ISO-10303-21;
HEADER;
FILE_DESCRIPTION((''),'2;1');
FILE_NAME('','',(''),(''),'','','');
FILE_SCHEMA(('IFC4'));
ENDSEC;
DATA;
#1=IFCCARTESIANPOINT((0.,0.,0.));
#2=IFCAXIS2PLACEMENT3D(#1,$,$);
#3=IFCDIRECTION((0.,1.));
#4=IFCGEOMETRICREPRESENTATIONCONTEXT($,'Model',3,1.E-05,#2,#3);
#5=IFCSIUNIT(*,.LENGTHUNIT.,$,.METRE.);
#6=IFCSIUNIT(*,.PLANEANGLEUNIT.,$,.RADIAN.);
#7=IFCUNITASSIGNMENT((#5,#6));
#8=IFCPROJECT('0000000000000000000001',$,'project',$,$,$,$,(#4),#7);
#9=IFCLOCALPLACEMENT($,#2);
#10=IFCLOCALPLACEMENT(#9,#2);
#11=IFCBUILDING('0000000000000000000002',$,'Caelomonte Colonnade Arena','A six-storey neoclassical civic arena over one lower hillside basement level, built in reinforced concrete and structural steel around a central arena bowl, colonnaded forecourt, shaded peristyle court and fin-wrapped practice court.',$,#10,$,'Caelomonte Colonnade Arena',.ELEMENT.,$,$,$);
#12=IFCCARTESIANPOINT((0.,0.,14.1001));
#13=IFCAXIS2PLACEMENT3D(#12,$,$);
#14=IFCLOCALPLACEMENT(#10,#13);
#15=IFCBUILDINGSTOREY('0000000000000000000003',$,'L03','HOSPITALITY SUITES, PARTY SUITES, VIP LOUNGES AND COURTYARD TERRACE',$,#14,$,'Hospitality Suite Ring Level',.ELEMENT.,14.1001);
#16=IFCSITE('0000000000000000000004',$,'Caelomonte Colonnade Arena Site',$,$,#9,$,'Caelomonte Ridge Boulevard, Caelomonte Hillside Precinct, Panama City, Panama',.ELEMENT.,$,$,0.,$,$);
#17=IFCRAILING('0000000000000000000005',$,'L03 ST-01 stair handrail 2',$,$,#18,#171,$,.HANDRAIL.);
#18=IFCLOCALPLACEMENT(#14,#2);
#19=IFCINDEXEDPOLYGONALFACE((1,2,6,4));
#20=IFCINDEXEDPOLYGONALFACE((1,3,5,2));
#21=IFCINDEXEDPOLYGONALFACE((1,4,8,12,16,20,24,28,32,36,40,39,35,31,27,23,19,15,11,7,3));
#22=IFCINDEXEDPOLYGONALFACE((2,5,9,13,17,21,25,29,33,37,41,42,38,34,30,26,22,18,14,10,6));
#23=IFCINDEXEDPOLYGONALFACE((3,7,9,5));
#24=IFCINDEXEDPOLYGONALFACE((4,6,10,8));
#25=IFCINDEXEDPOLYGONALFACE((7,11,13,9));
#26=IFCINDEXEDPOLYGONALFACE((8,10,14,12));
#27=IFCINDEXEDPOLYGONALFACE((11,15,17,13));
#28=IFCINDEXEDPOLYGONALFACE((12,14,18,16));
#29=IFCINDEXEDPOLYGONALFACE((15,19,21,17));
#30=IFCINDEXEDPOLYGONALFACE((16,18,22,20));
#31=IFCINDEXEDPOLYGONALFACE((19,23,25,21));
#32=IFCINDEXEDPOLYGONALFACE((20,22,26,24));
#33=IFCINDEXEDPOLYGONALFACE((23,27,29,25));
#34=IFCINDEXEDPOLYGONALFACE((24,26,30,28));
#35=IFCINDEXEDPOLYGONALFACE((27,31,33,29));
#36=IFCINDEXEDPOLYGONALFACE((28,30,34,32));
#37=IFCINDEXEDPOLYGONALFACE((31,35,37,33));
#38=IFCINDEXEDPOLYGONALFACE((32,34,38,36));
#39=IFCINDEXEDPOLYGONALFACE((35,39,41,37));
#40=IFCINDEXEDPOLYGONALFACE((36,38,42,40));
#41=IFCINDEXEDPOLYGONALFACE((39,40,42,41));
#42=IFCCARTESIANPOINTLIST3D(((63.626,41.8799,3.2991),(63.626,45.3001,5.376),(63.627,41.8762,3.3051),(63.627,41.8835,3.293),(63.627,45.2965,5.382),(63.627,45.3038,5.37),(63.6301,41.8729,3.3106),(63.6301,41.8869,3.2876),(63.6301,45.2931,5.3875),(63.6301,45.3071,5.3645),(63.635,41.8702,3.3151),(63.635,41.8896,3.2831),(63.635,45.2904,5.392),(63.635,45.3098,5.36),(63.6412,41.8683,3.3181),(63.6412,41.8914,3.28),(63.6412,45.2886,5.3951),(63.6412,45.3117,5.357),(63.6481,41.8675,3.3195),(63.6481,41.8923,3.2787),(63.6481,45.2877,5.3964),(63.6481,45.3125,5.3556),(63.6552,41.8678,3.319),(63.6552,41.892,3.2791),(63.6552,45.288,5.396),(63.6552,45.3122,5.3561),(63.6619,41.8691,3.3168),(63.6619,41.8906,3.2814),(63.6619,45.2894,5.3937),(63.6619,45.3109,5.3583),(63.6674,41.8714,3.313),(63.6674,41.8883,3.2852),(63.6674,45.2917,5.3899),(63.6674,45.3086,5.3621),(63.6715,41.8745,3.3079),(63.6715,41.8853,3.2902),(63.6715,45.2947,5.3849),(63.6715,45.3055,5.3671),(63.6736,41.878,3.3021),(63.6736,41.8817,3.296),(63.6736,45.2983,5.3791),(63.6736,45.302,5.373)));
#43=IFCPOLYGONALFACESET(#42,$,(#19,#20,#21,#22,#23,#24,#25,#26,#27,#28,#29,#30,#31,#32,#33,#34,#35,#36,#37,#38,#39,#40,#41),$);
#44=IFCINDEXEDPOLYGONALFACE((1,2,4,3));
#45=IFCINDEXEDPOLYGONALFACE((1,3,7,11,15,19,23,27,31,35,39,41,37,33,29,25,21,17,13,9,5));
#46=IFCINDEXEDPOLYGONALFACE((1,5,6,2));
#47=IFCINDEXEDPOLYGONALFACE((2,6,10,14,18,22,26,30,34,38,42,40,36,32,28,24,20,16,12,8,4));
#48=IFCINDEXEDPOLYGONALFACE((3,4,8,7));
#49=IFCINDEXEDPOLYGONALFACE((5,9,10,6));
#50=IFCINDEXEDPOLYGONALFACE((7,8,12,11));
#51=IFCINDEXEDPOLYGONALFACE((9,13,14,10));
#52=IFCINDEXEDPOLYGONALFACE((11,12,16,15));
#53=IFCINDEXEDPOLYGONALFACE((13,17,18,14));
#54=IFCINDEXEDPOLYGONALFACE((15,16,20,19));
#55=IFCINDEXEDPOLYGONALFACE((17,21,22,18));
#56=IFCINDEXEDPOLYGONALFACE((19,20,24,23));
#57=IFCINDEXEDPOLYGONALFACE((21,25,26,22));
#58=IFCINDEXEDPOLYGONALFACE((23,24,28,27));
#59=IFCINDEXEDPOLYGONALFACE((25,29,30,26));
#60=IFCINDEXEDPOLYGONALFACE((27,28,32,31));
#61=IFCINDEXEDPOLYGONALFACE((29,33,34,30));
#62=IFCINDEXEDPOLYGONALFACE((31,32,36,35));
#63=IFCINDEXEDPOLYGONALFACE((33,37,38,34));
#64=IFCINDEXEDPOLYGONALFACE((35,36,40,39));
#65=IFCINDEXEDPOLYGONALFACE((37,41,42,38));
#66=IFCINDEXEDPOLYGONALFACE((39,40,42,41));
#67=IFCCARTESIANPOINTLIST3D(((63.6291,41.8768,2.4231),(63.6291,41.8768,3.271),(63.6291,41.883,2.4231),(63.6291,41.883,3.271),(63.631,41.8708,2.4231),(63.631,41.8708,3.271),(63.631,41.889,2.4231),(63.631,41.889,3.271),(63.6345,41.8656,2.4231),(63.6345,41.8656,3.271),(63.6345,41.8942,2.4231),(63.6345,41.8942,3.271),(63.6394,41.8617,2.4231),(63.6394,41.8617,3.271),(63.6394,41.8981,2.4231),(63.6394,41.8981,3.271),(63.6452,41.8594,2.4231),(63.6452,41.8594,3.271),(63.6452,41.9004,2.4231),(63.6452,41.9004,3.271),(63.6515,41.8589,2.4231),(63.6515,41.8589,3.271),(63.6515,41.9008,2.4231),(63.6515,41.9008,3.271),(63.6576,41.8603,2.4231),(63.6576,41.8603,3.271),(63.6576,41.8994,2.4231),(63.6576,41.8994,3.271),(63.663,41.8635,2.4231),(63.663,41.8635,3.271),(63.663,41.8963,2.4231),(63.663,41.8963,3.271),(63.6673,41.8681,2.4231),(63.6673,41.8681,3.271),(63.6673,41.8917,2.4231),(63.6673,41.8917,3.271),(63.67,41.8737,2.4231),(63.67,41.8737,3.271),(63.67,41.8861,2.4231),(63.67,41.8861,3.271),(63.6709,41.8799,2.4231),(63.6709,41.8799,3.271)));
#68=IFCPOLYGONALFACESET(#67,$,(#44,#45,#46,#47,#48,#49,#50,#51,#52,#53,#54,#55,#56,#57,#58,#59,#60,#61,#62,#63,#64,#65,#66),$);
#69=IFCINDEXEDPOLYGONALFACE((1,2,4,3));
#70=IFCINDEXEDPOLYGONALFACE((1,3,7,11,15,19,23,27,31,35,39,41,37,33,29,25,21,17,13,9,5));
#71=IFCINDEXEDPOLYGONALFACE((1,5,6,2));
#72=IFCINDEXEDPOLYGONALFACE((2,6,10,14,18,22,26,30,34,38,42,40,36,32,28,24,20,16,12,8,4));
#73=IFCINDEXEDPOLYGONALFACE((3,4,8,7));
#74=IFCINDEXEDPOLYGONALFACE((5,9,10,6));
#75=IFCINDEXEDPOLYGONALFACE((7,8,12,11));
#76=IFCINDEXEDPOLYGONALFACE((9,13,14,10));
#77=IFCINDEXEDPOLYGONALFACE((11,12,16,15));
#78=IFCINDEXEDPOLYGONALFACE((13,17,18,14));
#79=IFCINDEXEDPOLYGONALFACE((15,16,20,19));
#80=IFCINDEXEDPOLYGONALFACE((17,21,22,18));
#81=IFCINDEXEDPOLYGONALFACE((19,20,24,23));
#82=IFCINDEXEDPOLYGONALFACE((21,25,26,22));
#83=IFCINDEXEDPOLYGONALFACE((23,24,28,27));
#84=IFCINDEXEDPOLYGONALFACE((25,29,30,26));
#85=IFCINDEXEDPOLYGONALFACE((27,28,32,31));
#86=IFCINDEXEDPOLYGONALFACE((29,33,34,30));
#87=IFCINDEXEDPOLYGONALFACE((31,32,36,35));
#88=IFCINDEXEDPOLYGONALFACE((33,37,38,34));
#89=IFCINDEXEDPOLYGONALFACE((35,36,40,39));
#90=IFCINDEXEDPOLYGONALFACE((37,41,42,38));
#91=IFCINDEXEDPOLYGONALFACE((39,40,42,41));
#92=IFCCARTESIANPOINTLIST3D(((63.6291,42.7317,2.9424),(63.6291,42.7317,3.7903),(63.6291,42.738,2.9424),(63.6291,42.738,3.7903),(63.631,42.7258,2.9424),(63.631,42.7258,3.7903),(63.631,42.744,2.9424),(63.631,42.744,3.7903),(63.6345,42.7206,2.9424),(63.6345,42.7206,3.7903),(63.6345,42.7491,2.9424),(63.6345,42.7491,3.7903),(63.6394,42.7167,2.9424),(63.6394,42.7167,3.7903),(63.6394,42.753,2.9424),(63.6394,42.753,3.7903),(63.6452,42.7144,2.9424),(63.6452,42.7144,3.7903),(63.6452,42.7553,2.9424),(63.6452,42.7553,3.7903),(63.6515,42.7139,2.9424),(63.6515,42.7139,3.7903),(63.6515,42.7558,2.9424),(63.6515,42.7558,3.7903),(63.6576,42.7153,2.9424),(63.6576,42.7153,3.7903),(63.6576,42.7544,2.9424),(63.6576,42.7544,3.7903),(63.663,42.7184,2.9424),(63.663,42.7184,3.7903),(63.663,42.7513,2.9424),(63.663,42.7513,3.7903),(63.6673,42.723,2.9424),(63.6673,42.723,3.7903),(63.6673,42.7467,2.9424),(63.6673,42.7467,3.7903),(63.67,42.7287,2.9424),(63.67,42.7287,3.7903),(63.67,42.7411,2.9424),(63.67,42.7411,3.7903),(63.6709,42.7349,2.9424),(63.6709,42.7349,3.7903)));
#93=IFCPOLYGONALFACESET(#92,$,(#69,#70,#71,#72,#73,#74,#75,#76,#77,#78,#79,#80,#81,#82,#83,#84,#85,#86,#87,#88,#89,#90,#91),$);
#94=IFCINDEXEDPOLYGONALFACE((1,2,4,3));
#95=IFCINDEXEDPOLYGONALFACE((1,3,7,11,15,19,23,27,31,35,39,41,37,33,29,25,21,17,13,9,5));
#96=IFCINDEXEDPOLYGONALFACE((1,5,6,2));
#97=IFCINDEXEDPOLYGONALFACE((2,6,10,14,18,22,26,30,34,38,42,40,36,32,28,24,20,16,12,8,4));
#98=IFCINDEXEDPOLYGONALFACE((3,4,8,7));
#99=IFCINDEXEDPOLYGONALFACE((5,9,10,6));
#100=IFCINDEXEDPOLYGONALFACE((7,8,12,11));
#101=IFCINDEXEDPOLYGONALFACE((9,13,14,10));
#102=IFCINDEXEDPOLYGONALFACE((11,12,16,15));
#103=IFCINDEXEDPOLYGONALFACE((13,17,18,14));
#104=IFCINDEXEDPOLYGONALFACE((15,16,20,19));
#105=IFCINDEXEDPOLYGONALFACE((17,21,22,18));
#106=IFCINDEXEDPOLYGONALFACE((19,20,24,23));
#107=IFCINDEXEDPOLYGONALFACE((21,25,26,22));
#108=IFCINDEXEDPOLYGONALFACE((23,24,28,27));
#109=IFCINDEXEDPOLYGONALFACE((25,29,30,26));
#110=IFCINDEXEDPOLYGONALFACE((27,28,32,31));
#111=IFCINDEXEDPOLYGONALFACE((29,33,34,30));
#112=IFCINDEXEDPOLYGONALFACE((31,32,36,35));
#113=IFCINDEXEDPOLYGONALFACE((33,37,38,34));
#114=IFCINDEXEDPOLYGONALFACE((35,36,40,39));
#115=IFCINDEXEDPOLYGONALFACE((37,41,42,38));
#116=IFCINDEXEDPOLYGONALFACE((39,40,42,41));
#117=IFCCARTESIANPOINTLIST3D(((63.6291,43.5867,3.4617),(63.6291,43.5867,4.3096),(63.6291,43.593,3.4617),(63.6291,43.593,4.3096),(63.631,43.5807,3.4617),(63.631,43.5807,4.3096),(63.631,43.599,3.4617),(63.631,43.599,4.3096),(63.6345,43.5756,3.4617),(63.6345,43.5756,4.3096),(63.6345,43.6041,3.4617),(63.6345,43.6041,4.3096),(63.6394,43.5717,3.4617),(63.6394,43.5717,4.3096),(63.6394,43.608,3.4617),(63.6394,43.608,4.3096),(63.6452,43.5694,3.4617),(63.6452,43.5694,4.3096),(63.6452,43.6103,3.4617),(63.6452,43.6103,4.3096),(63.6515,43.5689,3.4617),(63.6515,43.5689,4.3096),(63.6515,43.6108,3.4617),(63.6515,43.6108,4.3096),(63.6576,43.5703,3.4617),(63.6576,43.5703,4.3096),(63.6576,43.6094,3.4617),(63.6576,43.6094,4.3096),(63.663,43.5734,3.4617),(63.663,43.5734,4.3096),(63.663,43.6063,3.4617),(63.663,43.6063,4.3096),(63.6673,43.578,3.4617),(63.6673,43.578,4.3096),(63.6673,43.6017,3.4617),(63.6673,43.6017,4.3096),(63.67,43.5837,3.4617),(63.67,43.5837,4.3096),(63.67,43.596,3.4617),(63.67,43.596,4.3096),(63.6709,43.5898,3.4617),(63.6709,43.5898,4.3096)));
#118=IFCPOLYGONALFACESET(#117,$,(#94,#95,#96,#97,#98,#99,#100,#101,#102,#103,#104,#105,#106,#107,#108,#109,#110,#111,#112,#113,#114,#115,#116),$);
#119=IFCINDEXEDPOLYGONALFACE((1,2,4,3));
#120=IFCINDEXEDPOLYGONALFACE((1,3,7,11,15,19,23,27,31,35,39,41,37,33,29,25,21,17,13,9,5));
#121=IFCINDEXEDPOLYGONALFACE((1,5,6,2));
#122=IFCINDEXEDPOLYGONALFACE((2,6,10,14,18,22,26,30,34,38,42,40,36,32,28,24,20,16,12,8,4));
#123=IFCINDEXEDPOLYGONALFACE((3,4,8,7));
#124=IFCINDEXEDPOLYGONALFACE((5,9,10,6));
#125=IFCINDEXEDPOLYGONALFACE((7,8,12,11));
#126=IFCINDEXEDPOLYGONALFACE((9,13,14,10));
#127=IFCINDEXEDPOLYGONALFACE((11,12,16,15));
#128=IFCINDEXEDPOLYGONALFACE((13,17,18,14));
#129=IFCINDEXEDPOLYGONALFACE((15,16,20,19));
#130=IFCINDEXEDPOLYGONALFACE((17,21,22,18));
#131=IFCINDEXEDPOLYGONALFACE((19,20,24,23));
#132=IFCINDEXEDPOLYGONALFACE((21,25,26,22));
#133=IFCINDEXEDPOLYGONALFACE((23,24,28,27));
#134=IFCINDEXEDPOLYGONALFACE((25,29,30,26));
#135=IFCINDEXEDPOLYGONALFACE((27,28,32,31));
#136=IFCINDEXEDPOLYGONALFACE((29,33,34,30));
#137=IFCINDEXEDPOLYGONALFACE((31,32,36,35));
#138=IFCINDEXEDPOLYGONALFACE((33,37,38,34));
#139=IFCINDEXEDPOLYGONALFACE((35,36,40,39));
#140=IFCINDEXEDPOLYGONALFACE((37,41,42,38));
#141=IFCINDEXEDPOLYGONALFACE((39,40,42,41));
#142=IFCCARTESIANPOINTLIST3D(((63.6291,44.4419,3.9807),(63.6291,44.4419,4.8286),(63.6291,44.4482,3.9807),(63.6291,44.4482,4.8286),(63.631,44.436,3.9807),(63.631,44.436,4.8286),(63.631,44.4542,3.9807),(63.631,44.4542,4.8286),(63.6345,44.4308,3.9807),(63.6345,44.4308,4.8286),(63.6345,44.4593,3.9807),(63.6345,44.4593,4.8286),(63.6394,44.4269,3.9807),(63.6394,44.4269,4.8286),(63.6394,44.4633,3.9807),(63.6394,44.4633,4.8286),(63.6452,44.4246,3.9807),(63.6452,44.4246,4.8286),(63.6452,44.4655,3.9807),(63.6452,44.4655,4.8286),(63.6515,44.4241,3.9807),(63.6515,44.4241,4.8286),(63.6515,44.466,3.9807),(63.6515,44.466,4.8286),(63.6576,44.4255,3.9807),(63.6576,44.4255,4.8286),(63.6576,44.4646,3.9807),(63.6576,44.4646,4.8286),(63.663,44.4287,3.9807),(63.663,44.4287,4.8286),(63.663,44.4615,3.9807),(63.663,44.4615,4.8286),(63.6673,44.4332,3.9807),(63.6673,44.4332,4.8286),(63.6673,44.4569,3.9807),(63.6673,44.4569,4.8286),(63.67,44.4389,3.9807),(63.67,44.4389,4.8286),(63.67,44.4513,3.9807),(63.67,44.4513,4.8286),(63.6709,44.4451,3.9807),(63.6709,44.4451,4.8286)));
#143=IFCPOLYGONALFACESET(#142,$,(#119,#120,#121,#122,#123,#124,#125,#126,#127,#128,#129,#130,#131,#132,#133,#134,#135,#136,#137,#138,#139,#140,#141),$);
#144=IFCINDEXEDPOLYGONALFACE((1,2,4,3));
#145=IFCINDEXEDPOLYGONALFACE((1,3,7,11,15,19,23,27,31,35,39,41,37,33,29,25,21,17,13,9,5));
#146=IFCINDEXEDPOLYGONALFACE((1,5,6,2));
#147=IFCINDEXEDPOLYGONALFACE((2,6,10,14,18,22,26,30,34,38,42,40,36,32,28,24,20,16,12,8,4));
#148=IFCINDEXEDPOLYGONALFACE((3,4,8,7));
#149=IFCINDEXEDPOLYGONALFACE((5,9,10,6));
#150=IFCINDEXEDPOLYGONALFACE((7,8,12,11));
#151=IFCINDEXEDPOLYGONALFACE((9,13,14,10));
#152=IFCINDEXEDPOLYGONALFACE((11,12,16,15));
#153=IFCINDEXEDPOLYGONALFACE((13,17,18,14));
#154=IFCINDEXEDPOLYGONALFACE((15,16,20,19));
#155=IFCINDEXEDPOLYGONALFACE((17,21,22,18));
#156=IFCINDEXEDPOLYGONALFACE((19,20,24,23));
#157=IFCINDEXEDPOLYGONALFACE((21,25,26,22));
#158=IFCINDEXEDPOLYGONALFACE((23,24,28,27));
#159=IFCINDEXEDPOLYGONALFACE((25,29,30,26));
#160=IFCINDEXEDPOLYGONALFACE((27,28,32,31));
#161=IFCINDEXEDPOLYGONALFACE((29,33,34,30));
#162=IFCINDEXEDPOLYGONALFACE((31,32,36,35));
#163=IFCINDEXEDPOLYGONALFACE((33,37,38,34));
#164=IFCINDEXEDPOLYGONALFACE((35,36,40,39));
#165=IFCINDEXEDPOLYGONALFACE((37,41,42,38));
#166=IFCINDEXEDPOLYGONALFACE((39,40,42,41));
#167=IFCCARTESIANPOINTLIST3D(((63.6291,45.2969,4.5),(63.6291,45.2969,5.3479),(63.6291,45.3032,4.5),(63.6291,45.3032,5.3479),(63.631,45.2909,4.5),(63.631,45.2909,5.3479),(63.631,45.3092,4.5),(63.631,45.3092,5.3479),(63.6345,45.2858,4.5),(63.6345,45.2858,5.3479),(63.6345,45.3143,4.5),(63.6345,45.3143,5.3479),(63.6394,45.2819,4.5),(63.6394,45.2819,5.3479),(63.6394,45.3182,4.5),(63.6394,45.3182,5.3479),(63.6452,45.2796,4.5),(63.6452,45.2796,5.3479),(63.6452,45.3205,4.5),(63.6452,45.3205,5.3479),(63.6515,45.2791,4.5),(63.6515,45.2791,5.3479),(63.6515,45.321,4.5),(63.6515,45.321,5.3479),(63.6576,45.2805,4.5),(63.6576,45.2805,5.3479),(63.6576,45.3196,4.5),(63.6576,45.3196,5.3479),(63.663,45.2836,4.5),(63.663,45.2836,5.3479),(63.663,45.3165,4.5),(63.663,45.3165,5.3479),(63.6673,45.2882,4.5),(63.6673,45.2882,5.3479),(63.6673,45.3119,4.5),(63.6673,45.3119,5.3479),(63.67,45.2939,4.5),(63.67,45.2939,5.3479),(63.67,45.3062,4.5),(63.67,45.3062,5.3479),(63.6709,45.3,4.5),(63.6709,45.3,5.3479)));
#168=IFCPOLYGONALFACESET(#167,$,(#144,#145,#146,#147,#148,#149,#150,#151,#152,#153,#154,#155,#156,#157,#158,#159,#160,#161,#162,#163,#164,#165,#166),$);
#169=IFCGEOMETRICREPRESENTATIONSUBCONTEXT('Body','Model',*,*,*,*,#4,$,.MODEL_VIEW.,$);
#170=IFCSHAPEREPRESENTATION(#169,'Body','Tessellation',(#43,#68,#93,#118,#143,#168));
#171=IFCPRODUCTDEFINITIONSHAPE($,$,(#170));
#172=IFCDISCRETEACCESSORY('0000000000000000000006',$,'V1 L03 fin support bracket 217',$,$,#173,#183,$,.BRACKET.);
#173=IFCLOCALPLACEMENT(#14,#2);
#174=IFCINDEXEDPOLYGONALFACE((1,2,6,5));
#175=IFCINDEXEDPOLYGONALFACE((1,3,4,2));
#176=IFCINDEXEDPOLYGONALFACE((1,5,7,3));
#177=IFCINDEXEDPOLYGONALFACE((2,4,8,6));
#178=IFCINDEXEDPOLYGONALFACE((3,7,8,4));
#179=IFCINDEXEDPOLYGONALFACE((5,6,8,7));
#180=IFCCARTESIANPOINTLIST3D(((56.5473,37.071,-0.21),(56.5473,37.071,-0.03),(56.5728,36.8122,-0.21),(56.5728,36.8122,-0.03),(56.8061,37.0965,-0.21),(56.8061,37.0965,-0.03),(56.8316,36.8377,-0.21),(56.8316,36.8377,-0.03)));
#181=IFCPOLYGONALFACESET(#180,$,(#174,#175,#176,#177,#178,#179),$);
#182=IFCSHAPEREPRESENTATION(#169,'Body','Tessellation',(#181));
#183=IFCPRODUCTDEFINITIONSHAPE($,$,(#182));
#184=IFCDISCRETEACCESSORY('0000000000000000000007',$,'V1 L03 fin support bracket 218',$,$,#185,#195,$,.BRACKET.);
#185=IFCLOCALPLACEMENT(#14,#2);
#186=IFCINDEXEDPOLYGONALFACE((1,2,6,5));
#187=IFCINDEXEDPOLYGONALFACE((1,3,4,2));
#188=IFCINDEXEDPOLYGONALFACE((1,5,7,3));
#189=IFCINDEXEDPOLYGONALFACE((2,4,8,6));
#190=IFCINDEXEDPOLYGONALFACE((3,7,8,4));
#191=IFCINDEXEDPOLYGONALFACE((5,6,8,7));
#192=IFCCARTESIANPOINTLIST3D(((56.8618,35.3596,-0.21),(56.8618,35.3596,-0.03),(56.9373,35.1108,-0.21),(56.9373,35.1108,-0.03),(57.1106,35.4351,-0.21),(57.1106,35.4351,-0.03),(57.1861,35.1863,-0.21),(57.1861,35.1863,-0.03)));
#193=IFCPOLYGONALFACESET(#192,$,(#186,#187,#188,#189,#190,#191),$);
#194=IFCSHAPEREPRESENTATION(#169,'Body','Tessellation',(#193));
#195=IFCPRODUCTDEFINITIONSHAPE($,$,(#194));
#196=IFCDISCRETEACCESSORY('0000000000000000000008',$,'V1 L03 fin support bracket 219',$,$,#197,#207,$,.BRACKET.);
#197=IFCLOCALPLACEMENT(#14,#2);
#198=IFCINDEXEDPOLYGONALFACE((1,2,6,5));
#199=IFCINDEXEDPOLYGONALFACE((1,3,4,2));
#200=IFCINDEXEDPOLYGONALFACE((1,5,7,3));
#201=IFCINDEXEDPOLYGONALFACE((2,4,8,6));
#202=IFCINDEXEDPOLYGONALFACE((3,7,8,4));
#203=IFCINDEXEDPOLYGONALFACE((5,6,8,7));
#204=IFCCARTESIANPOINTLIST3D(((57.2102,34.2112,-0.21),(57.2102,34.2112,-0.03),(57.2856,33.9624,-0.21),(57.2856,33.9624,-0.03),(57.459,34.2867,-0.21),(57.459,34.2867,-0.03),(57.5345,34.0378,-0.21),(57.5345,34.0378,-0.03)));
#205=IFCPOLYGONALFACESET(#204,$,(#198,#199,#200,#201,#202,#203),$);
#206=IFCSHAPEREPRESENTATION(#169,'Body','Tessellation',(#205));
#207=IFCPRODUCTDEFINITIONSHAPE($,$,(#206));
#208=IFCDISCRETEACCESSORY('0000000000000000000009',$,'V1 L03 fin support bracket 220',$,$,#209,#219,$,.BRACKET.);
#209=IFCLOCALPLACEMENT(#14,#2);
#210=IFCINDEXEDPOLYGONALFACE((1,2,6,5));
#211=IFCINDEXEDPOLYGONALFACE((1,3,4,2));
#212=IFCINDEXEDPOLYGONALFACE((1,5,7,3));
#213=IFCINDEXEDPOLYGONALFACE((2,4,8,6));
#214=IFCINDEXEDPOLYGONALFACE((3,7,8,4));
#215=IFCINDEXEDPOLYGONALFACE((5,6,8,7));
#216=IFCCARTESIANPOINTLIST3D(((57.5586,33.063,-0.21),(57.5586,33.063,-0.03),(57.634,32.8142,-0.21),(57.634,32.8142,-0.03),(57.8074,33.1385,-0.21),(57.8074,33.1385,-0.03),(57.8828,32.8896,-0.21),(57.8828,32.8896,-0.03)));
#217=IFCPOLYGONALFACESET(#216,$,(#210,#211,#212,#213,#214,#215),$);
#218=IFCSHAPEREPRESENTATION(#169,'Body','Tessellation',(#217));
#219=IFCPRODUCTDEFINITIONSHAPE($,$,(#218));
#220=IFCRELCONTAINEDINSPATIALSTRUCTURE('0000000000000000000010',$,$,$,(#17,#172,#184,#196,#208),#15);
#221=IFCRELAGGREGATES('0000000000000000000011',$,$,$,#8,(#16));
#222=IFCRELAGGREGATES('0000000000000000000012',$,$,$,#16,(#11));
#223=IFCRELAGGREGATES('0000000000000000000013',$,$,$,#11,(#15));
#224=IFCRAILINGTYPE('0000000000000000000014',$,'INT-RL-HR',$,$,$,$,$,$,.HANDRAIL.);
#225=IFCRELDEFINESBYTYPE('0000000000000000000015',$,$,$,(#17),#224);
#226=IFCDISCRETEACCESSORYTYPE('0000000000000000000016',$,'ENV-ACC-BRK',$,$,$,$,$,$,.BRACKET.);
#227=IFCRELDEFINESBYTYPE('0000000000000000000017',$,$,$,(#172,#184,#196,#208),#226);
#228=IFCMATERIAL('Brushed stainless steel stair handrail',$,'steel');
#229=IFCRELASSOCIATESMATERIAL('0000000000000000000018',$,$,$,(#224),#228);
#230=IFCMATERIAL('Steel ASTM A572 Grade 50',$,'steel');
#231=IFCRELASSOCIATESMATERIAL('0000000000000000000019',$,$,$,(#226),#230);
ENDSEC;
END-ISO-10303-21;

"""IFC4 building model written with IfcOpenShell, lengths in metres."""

from ifc_helpers import new_model, si_unit, direction, frame, origin, origin_2d, place, context, subcontext, project, spatial, rectangle, circle, extrude, material, type_object, element, save


model = new_model("IFC4")

# Units and contexts
model_context = context("Model", 3, precision=1e-05, world=origin(), true_north=direction((0.0, 1.0)))
body_context = subcontext(model_context, "Body", "Model", "MODEL_VIEW")
ifc_project = project(units=[si_unit("LENGTHUNIT", "METRE"), si_unit("PLANEANGLEUNIT", "RADIAN")], contexts=[model_context])

# Site, building, storey
site_placement = place(None, origin())
site = spatial("IfcSite", under=ifc_project, at=site_placement, Name="Caelomonte Colonnade Arena Site", LongName="Caelomonte Ridge Boulevard, Caelomonte Hillside Precinct, Panama City, Panama", CompositionType="ELEMENT", RefElevation=0.0)
building_placement = place(site_placement, origin())
building = spatial("IfcBuilding", under=site, at=building_placement, Name="Caelomonte Colonnade Arena", Description="A six-storey neoclassical civic arena over one lower hillside basement level, built in reinforced concrete and structural steel around a central arena bowl, colonnaded forecourt, shaded peristyle court and fin-wrapped practice court.", LongName="Caelomonte Colonnade Arena", CompositionType="ELEMENT")
storey_placement = place(building_placement, frame((0.0, 0.0, 14.1001)))
storey = spatial("IfcBuildingStorey", under=building, at=storey_placement, Name="L03", Description="HOSPITALITY SUITES, PARTY SUITES, VIP LOUNGES AND COURTYARD TERRACE", LongName="Hospitality Suite Ring Level", CompositionType="ELEMENT", Elevation=14.1001)

# Railing
ifc_material_1 = material(Name="Brushed stainless steel stair handrail", Category="steel")
railing_type_1 = type_object("IfcRailingType", Name="INT-RL-HR", PredefinedType="HANDRAIL", material=ifc_material_1)
railing_1_placement = place(storey_placement, frame((63.6499, 41.8799, 2.4231)))
element("IfcRailing", 1, at=railing_1_placement, inside=storey, type_object=railing_type_1, Name="L03 ST-01 stair handrail 2", PredefinedType="HANDRAIL", context=body_context, shape_type="SweptSolid", body=[
    extrude(circle(Radius=0.0239, at=origin_2d()), frame((0.0, 0.0, 0.876), z_axis=(0.0, 0.854746, 0.519047), x_axis=(-1.0, 0.0, 0.0)), (0.0, 0.0, 1.0), 4.0015),
    extrude(circle(Radius=0.021, at=origin_2d()), origin(), (0.0, 0.0, 1.0), 0.8479),
    extrude(circle(Radius=0.021, at=origin_2d()), frame((0.0, 0.855, 0.5193)), (0.0, 0.0, 1.0), 0.8479),
    extrude(circle(Radius=0.021, at=origin_2d()), frame((0.0, 1.71, 1.0386)), (0.0, 0.0, 1.0), 0.8479),
    extrude(circle(Radius=0.021, at=origin_2d()), frame((0.0, 2.5652, 1.5576)), (0.0, 0.0, 1.0), 0.8479),
    extrude(circle(Radius=0.021, at=origin_2d()), frame((0.0, 3.4202, 2.0769)), (0.0, 0.0, 1.0), 0.8479),
])

# Discrete accessories
ifc_material_2 = material(Name="Steel ASTM A572 Grade 50", Category="steel")
discrete_accessory_type = type_object("IfcDiscreteAccessoryType", Name="ENV-ACC-BRK", PredefinedType="BRACKET", material=ifc_material_2)
for number, where, z_axis, x_axis, name in (
    (2, (56.6895, 36.9543, -0.21), (0.0, 0.0, 1.0), (0.098015, -0.995185, 0.0), "V1 L03 fin support bracket 217"),
    (3, (57.0239, 35.2729, -0.21), (0.0, 0.0, 1.0), (0.290276, -0.956943, 0.0), "V1 L03 fin support bracket 218"),
    (4, (57.3723, 34.1245, -0.21), (0.0, 0.0, 1.0), (0.290276, -0.956943, 0.0), "V1 L03 fin support bracket 219"),
    (5, (57.7207, 32.9763, -0.21), (0.0, 0.0, 1.0), (0.290276, -0.956943, 0.0), "V1 L03 fin support bracket 220"),
):
    element("IfcDiscreteAccessory", number, at=place(storey_placement, frame(where, z_axis=z_axis, x_axis=x_axis)), inside=storey, type_object=discrete_accessory_type, Name=name, PredefinedType="BRACKET", context=body_context, shape_type="SweptSolid", body=[
        extrude(rectangle(XDim=0.26, YDim=0.26, at=origin_2d()), origin(), (0.0, 0.0, 1.0), 0.1799),
    ])

save(model, "model.ifc")
